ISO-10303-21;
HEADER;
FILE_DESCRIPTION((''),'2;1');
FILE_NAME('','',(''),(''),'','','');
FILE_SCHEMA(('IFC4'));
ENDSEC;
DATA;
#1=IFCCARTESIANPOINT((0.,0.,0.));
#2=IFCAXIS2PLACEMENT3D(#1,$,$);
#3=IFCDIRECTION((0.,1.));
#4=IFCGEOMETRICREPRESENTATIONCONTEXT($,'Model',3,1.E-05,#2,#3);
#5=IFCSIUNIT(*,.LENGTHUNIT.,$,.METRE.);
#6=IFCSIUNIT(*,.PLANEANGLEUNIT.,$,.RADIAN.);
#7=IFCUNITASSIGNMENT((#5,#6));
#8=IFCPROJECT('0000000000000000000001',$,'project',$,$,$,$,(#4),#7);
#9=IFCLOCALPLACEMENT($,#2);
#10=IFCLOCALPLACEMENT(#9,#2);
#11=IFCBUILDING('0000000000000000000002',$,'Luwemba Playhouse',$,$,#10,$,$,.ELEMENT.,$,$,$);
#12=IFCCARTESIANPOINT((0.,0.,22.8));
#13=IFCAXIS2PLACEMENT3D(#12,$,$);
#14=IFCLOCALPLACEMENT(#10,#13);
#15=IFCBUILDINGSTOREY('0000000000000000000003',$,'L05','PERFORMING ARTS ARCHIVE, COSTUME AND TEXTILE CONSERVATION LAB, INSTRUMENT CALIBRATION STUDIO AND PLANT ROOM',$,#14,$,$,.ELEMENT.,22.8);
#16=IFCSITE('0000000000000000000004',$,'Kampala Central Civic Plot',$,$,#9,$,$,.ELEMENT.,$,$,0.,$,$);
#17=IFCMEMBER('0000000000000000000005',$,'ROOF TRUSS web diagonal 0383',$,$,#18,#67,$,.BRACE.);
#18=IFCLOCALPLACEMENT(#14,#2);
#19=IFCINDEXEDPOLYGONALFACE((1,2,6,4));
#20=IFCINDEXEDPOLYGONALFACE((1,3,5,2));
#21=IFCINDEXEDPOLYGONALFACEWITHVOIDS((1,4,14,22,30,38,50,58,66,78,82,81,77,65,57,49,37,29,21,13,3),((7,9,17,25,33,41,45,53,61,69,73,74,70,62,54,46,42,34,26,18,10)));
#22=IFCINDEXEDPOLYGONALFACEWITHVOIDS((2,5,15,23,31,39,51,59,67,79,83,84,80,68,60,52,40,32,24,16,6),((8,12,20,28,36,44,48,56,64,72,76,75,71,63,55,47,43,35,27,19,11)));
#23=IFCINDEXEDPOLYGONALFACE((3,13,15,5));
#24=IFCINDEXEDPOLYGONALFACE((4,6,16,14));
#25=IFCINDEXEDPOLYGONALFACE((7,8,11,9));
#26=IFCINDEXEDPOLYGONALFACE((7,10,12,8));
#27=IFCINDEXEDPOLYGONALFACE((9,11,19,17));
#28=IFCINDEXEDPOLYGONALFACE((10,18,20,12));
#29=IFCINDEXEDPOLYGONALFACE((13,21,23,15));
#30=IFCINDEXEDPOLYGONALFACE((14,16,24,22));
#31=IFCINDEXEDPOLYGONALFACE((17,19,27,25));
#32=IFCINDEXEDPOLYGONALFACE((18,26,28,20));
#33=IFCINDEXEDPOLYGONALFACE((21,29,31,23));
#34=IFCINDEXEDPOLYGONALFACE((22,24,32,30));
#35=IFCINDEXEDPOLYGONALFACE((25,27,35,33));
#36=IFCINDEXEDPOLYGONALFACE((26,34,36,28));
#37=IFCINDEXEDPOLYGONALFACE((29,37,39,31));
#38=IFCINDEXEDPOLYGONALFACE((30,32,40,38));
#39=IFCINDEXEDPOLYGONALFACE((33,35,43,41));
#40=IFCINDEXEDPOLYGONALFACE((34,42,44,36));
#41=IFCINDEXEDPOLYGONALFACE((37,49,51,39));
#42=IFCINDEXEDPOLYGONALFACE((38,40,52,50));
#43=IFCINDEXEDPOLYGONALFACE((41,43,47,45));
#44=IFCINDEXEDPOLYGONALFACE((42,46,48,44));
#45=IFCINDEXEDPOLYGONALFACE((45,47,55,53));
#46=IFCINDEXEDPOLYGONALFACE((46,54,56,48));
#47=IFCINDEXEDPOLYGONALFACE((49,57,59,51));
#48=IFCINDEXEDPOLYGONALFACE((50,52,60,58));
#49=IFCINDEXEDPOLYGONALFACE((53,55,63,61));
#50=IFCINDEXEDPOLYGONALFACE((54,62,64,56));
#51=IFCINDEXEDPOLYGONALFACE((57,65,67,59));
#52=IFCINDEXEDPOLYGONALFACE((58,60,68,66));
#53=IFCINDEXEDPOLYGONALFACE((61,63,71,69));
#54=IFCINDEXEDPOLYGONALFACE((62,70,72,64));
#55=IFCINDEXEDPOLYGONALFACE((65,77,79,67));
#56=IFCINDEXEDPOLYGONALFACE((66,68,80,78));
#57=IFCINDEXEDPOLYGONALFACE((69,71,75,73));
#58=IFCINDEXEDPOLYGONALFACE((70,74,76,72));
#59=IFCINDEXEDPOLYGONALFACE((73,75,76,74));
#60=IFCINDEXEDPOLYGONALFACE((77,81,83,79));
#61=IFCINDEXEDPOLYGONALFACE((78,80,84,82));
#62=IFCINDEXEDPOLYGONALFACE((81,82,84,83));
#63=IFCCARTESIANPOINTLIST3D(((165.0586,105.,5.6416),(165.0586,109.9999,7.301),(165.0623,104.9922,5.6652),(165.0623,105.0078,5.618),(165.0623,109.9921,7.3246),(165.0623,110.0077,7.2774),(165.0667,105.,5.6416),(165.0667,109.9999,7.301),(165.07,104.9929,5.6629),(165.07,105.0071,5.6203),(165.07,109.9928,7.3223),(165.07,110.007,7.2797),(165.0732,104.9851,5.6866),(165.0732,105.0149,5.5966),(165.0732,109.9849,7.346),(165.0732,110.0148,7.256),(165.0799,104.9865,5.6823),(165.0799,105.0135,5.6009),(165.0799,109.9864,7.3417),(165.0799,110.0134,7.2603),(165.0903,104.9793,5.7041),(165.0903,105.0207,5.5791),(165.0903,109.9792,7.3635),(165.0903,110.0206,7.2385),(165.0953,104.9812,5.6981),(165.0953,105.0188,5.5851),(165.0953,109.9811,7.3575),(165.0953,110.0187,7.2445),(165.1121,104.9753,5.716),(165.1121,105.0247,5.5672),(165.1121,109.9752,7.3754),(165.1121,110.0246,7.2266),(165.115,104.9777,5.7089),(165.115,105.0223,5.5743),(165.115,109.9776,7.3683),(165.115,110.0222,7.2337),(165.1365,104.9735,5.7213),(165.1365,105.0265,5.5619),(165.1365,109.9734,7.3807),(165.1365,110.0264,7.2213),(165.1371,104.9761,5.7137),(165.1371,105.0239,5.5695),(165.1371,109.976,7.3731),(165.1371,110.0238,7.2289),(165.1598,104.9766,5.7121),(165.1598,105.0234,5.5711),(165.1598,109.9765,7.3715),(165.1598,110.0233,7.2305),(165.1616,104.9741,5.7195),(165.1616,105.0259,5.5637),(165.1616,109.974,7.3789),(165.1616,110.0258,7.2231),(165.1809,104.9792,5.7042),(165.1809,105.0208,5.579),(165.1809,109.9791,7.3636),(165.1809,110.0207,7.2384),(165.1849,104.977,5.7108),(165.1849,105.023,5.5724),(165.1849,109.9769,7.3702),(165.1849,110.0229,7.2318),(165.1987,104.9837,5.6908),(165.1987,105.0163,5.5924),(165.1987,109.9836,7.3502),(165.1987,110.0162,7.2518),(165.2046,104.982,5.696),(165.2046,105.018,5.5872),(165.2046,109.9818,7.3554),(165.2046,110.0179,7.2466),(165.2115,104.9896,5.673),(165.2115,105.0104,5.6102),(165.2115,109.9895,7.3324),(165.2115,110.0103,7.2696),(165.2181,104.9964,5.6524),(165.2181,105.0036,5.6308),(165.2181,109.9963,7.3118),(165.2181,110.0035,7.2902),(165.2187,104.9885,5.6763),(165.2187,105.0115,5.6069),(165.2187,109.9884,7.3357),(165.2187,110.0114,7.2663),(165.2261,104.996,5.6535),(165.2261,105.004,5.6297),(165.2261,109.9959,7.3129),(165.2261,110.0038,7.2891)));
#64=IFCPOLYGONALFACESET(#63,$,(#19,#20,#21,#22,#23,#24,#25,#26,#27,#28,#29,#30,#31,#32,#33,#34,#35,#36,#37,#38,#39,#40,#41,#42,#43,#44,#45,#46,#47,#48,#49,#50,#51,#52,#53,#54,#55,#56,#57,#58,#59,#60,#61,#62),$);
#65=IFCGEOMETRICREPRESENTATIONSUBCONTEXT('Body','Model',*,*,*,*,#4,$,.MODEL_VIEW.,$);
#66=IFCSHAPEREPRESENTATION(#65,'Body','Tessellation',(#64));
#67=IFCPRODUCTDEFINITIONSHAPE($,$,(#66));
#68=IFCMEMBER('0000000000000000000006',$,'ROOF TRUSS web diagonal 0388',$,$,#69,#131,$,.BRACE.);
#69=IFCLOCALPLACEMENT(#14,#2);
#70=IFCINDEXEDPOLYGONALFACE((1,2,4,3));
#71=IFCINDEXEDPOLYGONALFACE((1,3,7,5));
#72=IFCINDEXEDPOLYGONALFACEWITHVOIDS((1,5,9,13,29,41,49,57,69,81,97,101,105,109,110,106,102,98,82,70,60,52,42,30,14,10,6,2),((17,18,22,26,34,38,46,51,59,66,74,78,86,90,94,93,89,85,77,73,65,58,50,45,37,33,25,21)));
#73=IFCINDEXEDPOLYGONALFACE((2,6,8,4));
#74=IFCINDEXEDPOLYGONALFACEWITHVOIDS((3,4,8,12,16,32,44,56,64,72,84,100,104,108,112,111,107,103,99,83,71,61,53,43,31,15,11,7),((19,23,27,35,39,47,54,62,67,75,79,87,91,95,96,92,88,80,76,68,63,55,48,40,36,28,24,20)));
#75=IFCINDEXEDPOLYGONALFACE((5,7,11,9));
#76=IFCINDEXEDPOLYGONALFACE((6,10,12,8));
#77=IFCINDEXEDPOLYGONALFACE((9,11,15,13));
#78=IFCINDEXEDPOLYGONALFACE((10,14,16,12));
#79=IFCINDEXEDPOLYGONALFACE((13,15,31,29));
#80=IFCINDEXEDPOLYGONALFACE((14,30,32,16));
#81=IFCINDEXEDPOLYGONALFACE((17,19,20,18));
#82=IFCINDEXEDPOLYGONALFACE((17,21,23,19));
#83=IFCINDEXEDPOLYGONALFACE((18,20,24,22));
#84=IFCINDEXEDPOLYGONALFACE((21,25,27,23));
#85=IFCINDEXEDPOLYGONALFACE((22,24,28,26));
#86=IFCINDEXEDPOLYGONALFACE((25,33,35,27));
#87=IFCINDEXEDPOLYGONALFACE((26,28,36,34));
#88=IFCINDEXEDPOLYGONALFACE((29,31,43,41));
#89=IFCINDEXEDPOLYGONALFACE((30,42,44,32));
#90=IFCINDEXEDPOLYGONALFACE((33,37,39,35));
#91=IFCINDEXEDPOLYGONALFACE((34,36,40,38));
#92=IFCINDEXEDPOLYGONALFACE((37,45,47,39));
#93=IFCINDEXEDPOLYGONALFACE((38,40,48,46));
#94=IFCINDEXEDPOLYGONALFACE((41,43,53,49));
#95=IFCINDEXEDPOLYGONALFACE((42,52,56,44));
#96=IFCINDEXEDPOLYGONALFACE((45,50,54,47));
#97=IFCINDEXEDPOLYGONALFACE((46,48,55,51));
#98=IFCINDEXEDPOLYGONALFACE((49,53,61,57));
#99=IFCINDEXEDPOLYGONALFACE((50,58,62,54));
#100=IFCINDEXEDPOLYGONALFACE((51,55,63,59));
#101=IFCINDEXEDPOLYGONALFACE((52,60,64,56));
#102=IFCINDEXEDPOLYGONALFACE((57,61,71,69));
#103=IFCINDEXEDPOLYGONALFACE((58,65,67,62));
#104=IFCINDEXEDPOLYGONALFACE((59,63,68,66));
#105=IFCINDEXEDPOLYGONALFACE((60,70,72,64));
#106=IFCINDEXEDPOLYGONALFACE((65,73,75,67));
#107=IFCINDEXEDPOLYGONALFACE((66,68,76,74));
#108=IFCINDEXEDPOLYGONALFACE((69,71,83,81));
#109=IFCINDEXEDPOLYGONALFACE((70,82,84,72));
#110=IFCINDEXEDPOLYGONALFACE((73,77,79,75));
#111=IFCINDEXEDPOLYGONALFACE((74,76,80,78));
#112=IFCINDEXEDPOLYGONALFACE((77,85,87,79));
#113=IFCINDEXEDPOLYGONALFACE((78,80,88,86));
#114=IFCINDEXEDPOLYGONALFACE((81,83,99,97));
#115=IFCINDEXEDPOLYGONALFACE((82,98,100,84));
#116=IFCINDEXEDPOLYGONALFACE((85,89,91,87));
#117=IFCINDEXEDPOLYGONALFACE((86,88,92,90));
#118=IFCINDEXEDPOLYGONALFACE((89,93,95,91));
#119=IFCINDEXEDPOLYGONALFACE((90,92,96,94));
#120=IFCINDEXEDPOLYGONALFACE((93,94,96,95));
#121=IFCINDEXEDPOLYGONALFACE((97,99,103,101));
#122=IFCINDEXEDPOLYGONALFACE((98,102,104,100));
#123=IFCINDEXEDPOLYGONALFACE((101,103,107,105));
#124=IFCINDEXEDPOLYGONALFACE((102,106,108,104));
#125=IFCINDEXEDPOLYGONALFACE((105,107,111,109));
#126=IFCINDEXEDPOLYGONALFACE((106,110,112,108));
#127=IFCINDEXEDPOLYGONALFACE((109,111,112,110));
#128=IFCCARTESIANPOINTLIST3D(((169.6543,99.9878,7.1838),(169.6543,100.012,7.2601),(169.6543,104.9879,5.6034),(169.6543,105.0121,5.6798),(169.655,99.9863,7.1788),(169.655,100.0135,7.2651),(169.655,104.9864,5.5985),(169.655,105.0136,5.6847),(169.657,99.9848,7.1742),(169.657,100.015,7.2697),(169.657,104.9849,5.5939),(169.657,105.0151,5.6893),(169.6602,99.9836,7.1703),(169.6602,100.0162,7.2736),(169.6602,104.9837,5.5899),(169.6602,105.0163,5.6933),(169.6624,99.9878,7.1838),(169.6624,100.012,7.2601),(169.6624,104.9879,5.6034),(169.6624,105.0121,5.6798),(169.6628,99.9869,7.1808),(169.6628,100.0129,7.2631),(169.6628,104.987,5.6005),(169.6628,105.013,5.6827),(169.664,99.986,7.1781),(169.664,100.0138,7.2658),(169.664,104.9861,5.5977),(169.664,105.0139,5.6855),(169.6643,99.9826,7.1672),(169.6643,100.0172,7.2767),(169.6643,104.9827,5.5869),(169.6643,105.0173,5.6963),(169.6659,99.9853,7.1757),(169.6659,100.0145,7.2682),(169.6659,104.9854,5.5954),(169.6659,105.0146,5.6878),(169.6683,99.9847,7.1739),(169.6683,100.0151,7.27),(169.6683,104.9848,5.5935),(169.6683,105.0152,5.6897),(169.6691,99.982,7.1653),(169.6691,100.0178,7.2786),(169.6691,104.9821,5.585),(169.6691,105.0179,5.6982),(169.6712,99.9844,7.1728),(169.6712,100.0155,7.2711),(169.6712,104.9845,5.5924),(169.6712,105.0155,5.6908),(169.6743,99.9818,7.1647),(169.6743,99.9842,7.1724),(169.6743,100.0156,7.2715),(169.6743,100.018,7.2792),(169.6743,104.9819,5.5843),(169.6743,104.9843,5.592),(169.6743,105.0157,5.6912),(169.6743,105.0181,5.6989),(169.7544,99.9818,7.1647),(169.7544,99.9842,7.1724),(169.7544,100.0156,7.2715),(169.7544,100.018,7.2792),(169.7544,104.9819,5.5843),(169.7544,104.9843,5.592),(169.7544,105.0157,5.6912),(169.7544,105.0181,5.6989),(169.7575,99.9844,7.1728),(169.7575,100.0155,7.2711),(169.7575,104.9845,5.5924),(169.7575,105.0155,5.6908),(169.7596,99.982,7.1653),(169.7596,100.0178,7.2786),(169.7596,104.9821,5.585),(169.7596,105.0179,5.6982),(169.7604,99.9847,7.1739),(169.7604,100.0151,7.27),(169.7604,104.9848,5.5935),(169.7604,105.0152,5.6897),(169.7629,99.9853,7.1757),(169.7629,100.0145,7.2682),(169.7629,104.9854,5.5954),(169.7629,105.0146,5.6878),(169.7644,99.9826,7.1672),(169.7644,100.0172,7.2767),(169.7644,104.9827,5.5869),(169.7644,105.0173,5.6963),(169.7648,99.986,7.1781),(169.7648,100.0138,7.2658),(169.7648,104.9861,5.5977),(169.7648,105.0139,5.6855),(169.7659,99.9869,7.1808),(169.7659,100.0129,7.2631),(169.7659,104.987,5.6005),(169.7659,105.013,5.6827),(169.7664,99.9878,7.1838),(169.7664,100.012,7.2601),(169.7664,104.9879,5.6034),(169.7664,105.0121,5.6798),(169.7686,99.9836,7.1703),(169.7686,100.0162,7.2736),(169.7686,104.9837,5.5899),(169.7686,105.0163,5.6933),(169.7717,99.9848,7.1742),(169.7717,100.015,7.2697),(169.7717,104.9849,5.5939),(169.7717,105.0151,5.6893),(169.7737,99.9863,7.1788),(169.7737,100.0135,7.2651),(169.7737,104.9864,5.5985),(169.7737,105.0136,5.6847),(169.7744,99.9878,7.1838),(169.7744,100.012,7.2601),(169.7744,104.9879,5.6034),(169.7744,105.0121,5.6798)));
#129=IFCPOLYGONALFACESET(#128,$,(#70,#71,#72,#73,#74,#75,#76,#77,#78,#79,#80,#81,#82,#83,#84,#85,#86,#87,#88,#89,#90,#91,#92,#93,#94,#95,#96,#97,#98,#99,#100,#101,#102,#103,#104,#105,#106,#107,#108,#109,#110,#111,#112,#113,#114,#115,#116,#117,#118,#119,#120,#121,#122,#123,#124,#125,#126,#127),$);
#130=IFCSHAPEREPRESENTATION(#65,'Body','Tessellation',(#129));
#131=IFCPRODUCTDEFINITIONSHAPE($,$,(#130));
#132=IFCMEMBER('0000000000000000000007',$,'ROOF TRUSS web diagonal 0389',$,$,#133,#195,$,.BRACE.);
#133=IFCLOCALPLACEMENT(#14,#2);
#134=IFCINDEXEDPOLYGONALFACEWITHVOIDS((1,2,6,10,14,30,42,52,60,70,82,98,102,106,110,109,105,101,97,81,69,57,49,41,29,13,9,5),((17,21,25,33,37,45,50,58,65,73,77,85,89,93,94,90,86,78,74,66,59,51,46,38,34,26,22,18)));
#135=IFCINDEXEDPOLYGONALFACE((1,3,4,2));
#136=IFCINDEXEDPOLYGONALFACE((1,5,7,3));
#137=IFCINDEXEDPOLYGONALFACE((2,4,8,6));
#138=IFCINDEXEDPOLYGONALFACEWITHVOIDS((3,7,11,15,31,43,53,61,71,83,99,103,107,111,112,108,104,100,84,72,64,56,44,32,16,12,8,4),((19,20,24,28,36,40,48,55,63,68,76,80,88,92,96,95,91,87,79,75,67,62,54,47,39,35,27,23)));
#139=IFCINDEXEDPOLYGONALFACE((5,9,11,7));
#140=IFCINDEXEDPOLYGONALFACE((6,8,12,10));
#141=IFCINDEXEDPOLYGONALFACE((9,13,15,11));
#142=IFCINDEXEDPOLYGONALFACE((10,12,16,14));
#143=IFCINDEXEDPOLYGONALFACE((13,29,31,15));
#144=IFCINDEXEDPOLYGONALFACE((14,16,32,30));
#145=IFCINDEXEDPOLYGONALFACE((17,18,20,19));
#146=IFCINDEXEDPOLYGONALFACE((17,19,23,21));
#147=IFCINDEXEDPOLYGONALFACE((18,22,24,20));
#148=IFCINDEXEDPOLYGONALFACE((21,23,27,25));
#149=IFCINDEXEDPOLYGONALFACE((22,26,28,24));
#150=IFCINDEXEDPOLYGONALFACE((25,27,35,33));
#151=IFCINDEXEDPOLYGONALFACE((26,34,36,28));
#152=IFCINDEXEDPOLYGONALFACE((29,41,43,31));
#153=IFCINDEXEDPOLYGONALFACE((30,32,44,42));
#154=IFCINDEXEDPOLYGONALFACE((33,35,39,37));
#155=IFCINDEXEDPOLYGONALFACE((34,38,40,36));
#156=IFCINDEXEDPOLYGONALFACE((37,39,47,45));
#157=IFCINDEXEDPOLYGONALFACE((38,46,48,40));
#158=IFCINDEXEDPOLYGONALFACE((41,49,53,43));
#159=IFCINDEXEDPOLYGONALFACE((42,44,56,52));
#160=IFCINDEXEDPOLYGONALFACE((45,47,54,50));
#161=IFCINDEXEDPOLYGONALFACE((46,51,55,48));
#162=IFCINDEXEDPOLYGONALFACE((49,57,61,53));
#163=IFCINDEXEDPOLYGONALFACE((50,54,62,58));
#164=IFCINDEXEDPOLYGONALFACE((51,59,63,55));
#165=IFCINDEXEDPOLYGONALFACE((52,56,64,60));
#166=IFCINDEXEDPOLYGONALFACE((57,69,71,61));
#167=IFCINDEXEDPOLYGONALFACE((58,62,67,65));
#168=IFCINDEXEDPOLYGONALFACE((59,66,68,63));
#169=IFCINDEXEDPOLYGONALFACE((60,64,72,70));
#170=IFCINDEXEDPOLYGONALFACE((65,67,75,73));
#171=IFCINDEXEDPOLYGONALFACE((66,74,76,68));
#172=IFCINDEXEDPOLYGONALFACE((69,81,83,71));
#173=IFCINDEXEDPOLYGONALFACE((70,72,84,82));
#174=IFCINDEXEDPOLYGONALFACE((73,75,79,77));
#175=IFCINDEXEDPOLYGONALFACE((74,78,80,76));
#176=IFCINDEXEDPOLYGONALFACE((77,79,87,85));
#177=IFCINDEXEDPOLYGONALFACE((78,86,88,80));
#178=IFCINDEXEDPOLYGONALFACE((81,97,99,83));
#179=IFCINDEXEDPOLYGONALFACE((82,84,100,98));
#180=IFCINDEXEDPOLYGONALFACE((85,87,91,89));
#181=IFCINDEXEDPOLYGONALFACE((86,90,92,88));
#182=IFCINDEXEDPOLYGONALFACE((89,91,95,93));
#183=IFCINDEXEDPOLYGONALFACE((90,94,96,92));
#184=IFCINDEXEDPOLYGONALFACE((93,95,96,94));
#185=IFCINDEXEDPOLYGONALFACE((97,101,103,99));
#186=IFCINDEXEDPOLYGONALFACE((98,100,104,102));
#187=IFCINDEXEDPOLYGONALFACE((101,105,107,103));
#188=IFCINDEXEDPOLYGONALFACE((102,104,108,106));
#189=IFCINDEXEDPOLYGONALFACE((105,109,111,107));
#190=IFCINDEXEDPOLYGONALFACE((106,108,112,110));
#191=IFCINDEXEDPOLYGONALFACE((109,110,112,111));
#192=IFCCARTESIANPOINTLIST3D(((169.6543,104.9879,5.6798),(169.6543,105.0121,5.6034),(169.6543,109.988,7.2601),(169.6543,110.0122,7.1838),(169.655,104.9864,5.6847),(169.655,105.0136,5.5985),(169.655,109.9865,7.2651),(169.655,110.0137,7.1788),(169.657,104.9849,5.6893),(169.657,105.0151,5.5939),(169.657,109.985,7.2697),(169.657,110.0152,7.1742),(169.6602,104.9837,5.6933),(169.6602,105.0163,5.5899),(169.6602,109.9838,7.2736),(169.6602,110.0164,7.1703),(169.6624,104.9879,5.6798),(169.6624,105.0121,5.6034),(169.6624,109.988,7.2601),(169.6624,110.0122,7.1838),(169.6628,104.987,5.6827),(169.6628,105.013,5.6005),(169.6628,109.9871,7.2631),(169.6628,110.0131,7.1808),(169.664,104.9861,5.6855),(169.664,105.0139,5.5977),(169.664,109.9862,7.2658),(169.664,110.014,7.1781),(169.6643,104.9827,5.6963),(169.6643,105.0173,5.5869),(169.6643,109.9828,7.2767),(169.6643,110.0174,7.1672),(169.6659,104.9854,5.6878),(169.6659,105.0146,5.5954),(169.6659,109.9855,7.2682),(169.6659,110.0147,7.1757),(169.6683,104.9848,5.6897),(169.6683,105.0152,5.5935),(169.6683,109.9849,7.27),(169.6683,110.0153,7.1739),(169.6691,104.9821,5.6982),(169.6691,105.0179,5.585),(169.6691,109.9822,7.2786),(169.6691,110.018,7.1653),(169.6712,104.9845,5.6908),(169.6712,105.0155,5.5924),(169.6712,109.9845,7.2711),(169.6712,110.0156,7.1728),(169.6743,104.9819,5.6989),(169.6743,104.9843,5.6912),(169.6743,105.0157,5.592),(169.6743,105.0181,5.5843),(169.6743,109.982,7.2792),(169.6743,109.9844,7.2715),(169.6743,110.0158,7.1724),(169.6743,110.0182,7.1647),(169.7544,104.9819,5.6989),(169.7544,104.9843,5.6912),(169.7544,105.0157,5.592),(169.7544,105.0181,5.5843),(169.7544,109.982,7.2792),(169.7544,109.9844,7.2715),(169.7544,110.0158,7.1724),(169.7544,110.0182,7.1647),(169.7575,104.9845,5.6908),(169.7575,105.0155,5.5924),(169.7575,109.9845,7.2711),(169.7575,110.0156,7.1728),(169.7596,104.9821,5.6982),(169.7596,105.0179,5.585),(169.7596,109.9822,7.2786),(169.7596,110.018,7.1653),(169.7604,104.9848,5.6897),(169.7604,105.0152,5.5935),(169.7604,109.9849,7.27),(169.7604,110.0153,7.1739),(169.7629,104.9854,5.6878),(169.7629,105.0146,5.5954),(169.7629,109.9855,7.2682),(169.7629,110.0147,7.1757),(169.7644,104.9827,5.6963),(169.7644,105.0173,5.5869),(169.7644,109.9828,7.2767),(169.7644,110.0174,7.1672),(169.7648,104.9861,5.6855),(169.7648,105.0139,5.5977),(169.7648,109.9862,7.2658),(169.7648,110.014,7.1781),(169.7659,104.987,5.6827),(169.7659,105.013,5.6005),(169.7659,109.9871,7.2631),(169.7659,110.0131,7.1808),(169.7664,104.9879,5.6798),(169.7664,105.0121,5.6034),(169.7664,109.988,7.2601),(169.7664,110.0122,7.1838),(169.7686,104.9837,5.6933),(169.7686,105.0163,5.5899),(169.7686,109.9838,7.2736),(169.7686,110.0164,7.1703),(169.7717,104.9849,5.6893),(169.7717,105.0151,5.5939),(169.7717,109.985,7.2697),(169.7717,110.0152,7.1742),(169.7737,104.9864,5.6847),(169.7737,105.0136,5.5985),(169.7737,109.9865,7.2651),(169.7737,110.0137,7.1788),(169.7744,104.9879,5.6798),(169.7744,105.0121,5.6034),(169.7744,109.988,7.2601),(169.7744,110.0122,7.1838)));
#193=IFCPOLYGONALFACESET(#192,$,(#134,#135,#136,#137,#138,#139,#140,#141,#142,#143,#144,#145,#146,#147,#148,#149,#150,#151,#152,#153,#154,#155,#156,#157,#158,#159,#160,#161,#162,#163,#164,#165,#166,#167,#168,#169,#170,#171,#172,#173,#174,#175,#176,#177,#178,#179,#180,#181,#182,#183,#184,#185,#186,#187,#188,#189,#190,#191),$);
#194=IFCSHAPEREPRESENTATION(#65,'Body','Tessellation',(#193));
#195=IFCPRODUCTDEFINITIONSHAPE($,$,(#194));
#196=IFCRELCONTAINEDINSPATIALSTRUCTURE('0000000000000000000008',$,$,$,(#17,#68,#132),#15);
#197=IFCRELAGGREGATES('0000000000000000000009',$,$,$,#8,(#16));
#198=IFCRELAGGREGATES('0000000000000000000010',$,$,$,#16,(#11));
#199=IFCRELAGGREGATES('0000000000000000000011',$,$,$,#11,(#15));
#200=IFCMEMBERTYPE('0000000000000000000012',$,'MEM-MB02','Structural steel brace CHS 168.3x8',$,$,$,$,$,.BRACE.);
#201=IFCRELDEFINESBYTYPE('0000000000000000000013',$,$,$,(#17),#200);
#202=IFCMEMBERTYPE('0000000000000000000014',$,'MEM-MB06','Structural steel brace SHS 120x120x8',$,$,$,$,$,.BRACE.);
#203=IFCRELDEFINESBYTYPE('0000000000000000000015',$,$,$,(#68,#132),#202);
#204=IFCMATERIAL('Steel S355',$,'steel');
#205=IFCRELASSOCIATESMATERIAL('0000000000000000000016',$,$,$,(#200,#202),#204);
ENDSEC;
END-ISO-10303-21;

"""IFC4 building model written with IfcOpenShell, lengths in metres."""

from ifc_helpers import new_model, si_unit, direction, frame, origin, origin_2d, place, context, subcontext, project, spatial, hollow_rectangle, hollow_circle, extrude, material, material_profile, profile_set, type_object, element, save


model = new_model("IFC4")

# Units and contexts
model_context = context("Model", 3, precision=1e-05, world=origin(), true_north=direction((0.0, 1.0)))
body_context = subcontext(model_context, "Body", "Model", "MODEL_VIEW")
ifc_project = project(units=[si_unit("LENGTHUNIT", "METRE"), si_unit("PLANEANGLEUNIT", "RADIAN")], contexts=[model_context])

# Site, building, storey
site_placement = place(None, origin())
site = spatial("IfcSite", under=ifc_project, at=site_placement, Name="Kampala Central Civic Plot", CompositionType="ELEMENT", RefElevation=0.0)
building_placement = place(site_placement, origin())
building = spatial("IfcBuilding", under=site, at=building_placement, Name="Luwemba Playhouse", CompositionType="ELEMENT")
storey_placement = place(building_placement, frame((0.0, 0.0, 22.8)))
storey = spatial("IfcBuildingStorey", under=building, at=storey_placement, Name="L05", Description="PERFORMING ARTS ARCHIVE, COSTUME AND TEXTILE CONSERVATION LAB, INSTRUMENT CALIBRATION STUDIO AND PLANT ROOM", CompositionType="ELEMENT", Elevation=22.8)

# Shared definitions
ifc_material_1 = material(Name="Steel S355", Category="steel")

# Members
ifc_material_profile_1 = material_profile(ifc_material_1, hollow_circle(Radius=0.0842, WallThickness=0.0081, at=origin_2d()))
ifc_profile_set_1 = profile_set([ifc_material_profile_1], Name="Steel S355")
member_type_1 = type_object("IfcMemberType", Name="MEM-MB02", Description="Structural steel brace CHS 168.3x8", PredefinedType="BRACE", material=ifc_profile_set_1)
for number, where, z_axis, x_axis, name in (
    (1, (165.1428, 105.0, 5.6416), (0.0, 0.949095, 0.31499), (-1.0, 0.0, 0.0), "ROOF TRUSS web diagonal 0383"),
):
    element("IfcMember", number, at=place(storey_placement, frame(where, z_axis=z_axis, x_axis=x_axis)), inside=storey, type_object=member_type_1, Name=name, PredefinedType="BRACE", context=body_context, shape_type="SweptSolid", body=[
        extrude(hollow_circle(Radius=0.0842, WallThickness=0.0081, at=origin_2d()), origin(), (0.0, 0.0, 1.0), 5.2681),
    ])
ifc_material_profile_2 = material_profile(ifc_material_1, hollow_rectangle(XDim=0.1201, YDim=0.1201, WallThickness=0.0081, InnerFilletRadius=0.012, OuterFilletRadius=0.02, at=origin_2d()))
ifc_profile_set_2 = profile_set([ifc_material_profile_2], Name="Steel S355")
member_type_2 = type_object("IfcMemberType", Name="MEM-MB06", Description="Structural steel brace SHS 120x120x8", PredefinedType="BRACE", material=ifc_profile_set_2)
for number, where, z_axis, x_axis, name in (
    (2, (169.7144, 105.0, 5.6416), (0.0, -0.953507, 0.30137), (1.0, 0.0, 0.0), "ROOF TRUSS web diagonal 0388"),
    (3, (169.7144, 105.0, 5.6416), (0.0, 0.953507, 0.30137), (-1.0, 0.0, 0.0), "ROOF TRUSS web diagonal 0389"),
):
    element("IfcMember", number, at=place(storey_placement, frame(where, z_axis=z_axis, x_axis=x_axis)), inside=storey, type_object=member_type_2, Name=name, PredefinedType="BRACE", context=body_context, shape_type="SweptSolid", body=[
        extrude(hollow_rectangle(XDim=0.1201, YDim=0.1201, WallThickness=0.0081, InnerFilletRadius=0.012, OuterFilletRadius=0.02, at=origin_2d()), origin(), (0.0, 0.0, 1.0), 5.2439),
    ])

save(model, "model.ifc")
